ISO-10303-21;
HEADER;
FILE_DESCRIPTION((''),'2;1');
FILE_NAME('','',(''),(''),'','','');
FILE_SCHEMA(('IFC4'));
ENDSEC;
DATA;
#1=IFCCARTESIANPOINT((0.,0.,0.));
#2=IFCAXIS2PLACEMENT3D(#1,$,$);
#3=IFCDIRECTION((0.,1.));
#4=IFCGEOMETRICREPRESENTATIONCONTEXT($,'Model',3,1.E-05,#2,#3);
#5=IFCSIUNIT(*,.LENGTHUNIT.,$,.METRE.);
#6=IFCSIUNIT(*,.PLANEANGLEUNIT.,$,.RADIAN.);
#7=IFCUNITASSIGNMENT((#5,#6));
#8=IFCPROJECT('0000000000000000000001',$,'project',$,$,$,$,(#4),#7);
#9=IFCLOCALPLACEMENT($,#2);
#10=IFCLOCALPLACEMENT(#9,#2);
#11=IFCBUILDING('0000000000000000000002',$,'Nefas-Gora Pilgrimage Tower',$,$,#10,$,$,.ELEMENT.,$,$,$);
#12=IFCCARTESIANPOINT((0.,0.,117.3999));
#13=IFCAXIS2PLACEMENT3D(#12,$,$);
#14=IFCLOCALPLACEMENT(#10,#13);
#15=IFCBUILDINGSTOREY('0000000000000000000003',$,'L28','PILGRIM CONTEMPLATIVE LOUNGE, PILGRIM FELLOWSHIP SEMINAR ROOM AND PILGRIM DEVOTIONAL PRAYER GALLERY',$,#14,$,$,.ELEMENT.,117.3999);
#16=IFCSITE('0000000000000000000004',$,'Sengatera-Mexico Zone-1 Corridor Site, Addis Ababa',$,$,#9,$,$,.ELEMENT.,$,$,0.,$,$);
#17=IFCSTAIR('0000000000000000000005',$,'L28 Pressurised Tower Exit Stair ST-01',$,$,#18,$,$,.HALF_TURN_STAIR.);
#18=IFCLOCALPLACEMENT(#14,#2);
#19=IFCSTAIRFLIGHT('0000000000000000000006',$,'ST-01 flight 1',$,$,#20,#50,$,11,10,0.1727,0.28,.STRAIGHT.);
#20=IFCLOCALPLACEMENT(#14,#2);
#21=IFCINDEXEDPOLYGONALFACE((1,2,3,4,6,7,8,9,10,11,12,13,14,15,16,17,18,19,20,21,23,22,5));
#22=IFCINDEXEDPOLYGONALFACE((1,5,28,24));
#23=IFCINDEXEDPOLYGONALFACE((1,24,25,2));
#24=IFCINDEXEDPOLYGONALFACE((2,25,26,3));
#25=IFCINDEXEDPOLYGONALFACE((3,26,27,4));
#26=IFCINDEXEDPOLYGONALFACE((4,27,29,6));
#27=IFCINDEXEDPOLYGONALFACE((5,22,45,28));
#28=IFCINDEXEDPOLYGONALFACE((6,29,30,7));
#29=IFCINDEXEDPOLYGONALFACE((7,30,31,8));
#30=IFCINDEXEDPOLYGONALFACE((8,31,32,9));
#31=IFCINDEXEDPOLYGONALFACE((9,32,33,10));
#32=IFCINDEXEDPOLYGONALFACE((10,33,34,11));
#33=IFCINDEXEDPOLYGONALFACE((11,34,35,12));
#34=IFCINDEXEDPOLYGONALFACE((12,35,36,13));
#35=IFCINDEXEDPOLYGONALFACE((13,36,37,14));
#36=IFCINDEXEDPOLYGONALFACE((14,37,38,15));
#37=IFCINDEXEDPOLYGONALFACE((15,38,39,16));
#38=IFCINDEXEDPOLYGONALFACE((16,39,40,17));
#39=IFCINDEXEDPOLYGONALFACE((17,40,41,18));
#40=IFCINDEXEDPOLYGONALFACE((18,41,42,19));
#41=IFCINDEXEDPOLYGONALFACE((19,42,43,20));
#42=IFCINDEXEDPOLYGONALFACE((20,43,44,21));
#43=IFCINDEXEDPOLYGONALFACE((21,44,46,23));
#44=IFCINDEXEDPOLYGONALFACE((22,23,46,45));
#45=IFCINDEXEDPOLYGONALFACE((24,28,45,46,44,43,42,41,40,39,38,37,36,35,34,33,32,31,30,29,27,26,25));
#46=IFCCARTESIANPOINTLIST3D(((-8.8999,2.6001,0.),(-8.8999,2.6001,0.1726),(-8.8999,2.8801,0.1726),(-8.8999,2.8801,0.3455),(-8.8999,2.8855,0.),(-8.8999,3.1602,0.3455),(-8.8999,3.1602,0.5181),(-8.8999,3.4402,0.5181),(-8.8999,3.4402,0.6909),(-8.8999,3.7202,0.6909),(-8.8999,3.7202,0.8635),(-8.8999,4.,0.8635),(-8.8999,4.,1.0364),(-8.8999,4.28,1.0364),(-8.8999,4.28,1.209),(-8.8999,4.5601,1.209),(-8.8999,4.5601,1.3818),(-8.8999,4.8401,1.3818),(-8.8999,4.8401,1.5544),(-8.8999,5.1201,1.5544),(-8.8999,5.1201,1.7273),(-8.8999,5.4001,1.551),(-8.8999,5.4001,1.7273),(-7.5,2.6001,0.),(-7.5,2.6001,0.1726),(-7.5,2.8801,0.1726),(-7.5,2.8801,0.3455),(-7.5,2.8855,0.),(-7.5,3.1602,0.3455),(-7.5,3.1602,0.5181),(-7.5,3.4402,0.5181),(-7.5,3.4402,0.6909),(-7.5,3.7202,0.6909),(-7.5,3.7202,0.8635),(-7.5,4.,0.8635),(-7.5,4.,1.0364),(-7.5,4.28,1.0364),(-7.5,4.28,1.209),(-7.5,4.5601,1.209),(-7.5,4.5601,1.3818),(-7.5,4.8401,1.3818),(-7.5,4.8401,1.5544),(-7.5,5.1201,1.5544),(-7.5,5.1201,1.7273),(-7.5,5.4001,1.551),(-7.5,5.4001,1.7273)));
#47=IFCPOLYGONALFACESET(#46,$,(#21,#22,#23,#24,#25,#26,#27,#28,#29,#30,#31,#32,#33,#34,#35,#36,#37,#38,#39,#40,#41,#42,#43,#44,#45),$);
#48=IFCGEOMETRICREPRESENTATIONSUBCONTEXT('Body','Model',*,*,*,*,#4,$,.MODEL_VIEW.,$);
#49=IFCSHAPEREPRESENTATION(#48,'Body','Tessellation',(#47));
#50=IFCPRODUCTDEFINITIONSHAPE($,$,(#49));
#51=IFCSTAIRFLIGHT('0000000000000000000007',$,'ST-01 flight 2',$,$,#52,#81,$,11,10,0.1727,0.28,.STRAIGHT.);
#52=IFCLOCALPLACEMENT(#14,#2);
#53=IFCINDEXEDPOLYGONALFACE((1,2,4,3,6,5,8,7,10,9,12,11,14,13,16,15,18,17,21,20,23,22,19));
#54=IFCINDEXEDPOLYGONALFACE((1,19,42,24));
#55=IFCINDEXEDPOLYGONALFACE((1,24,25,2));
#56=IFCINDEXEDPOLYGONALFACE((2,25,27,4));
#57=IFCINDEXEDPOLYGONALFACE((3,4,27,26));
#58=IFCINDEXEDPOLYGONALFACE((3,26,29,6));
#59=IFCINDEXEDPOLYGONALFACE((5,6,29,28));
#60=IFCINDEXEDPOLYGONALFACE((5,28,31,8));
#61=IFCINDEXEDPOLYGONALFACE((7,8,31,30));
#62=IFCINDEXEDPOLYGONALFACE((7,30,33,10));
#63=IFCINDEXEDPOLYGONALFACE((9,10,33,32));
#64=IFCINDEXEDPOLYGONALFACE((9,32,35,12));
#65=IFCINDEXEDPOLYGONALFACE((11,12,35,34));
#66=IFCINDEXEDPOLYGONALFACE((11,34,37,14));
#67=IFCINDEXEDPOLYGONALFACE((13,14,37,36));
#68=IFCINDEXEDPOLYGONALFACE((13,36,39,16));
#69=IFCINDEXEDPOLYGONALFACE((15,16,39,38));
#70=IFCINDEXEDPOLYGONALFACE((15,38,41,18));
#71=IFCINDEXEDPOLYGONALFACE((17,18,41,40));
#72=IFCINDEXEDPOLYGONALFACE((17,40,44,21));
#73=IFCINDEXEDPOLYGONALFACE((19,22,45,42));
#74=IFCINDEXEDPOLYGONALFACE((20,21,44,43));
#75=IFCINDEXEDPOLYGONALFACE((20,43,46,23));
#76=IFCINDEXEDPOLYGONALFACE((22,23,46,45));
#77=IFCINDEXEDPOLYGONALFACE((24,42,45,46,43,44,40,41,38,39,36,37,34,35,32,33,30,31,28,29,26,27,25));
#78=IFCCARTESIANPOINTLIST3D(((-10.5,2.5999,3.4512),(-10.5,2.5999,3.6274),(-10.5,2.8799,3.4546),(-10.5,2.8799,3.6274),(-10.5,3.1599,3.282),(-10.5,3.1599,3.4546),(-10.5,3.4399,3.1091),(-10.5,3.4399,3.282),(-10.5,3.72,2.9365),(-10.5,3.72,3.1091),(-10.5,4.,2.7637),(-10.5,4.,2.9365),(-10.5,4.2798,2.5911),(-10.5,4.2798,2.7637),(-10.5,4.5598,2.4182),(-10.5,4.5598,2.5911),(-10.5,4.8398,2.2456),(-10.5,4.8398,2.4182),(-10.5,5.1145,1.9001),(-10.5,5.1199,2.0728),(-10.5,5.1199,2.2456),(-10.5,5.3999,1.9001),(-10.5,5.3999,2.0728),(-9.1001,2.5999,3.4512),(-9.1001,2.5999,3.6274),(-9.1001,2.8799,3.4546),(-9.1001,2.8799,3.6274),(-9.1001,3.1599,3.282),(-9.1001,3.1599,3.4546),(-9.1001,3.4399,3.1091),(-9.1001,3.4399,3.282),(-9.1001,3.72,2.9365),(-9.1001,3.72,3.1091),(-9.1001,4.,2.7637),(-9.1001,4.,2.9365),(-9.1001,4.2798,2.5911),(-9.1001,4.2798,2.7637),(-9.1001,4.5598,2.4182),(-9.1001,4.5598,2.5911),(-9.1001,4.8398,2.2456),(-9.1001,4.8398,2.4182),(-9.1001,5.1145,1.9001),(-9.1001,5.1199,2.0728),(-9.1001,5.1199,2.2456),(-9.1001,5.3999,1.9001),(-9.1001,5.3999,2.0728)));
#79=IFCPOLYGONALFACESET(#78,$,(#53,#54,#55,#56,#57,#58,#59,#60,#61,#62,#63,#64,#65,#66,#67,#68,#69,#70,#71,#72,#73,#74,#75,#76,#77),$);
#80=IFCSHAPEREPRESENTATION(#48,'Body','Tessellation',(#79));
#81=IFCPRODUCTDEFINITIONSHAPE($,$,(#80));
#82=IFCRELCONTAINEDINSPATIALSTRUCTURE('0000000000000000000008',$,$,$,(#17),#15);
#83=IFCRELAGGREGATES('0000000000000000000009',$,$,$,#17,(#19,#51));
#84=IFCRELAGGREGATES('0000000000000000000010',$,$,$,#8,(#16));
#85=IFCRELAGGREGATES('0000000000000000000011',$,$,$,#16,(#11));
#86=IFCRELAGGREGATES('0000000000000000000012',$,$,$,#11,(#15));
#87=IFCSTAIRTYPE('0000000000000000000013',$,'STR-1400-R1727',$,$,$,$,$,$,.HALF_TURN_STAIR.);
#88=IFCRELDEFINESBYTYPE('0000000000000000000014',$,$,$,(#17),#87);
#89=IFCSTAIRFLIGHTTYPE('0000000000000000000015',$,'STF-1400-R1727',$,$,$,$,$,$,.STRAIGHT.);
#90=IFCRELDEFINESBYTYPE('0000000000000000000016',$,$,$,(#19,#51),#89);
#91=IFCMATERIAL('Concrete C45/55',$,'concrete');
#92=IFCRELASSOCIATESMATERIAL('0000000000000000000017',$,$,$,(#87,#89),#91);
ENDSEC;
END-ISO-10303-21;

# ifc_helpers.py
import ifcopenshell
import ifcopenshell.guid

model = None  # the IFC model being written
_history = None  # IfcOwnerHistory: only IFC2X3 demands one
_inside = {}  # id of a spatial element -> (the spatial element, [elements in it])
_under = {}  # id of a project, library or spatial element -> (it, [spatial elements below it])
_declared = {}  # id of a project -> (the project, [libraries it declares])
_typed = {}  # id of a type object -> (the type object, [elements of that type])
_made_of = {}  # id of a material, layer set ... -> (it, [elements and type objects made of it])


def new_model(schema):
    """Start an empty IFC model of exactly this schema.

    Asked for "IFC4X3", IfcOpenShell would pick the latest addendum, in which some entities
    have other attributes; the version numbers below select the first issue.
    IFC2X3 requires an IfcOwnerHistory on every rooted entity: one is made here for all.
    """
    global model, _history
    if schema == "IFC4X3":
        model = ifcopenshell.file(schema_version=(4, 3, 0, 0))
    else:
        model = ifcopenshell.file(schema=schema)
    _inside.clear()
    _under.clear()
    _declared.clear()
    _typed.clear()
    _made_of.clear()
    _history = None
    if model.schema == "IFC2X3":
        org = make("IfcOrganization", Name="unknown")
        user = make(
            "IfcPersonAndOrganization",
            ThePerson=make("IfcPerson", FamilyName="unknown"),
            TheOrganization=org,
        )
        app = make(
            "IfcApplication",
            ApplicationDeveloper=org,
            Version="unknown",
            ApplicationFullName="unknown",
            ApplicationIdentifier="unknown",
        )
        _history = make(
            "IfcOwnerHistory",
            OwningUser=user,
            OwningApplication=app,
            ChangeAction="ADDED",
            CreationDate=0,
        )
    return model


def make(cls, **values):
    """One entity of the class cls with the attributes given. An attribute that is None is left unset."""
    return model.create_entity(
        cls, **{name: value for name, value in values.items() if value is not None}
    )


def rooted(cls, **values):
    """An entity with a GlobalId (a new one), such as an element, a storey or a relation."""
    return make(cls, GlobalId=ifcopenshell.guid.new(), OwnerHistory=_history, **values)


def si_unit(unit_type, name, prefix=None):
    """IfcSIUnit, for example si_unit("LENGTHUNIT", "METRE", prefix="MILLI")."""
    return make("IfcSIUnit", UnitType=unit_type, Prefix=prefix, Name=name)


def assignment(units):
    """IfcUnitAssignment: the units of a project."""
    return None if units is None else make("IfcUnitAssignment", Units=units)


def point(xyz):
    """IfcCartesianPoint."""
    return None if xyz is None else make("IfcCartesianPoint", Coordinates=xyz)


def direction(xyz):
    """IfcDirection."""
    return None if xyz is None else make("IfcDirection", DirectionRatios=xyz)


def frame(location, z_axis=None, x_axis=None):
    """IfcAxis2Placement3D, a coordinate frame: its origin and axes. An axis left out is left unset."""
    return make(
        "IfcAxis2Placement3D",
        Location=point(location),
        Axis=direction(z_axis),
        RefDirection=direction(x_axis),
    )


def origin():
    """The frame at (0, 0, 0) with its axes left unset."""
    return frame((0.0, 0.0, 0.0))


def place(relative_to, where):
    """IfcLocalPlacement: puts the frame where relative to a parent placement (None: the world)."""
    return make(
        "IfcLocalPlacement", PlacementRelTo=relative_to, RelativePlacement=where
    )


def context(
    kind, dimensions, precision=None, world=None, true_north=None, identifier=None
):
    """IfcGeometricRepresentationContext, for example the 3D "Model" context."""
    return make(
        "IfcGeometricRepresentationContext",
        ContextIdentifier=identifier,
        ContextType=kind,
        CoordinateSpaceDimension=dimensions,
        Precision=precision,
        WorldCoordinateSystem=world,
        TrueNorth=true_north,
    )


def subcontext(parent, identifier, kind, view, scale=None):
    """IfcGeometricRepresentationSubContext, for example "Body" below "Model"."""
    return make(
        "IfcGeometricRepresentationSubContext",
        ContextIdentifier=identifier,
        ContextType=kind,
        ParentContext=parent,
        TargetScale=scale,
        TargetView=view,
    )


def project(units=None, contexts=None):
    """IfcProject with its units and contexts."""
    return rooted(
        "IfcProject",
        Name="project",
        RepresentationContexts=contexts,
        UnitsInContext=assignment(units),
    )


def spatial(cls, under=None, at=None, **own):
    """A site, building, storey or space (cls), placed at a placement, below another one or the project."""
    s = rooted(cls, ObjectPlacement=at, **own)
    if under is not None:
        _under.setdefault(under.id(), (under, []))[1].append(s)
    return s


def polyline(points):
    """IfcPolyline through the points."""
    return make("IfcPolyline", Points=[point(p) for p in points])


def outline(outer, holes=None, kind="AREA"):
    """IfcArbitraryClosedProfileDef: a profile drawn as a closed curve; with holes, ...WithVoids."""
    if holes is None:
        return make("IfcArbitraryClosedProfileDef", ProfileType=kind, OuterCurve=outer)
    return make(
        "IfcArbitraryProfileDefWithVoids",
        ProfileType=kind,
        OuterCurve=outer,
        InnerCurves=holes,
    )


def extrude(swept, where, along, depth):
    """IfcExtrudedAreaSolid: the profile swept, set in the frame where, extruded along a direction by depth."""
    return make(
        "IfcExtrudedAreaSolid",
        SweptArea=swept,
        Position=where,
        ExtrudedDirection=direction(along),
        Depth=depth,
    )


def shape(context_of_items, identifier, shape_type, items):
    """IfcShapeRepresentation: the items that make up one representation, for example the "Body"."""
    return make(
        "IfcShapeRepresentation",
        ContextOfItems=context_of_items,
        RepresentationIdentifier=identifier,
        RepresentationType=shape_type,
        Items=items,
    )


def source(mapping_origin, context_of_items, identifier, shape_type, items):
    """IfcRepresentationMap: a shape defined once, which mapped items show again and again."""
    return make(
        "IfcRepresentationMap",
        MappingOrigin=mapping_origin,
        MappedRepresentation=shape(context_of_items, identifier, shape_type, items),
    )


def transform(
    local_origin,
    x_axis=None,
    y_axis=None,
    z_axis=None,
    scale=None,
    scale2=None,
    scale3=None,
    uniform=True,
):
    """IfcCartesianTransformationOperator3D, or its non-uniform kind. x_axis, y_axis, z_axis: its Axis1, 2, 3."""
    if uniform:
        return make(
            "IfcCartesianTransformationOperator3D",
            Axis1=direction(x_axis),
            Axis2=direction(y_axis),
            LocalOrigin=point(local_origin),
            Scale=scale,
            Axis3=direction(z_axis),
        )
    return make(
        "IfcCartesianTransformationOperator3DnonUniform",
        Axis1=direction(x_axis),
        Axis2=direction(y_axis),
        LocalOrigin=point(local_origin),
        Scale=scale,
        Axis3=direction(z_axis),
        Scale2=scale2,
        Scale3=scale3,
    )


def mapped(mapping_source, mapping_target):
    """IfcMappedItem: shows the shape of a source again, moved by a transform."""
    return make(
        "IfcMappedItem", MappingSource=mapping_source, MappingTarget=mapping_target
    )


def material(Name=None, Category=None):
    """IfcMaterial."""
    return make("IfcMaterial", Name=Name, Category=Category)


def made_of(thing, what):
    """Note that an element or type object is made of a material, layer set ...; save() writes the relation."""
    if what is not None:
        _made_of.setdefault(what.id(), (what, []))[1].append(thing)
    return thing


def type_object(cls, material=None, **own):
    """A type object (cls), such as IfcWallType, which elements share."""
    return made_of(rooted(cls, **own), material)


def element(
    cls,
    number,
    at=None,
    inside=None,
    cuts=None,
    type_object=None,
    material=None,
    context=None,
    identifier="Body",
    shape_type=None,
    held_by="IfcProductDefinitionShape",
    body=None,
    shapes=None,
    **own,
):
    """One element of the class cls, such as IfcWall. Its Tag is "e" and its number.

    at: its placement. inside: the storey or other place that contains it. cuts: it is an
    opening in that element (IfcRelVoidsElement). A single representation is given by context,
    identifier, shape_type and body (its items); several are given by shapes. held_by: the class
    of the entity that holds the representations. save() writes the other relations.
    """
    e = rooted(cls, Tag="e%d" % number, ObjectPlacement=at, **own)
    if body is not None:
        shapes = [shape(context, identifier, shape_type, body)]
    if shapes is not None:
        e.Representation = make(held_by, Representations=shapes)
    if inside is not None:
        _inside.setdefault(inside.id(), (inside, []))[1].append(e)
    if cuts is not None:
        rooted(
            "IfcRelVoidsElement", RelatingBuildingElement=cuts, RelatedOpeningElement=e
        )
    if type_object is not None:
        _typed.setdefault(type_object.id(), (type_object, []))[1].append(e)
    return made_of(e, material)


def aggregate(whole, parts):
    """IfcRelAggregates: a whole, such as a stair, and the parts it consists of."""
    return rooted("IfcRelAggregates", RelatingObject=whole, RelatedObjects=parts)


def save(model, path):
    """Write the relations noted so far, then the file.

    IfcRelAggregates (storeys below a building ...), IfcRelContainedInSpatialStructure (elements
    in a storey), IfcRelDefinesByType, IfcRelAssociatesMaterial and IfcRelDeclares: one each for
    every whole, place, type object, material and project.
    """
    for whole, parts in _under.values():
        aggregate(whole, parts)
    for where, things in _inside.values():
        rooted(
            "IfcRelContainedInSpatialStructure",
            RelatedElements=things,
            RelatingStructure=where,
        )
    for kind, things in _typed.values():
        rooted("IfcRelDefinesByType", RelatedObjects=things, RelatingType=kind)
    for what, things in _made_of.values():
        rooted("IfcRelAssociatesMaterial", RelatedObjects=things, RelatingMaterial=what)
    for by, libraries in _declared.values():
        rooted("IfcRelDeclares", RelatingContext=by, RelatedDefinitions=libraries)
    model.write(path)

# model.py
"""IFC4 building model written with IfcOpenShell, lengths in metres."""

from ifc_helpers import new_model, si_unit, direction, frame, origin, place, context, subcontext, project, spatial, polyline, outline, extrude, source, transform, mapped, material, type_object, element, aggregate, save


model = new_model("IFC4")

# Units and contexts
model_context = context("Model", 3, precision=1e-05, world=origin(), true_north=direction((0.0, 1.0)))
body_context = subcontext(model_context, "Body", "Model", "MODEL_VIEW")
ifc_project = project(units=[si_unit("LENGTHUNIT", "METRE"), si_unit("PLANEANGLEUNIT", "RADIAN")], contexts=[model_context])

# Site, building, storey
site_placement = place(None, origin())
site = spatial("IfcSite", under=ifc_project, at=site_placement, Name="Sengatera-Mexico Zone-1 Corridor Site, Addis Ababa", CompositionType="ELEMENT", RefElevation=0.0)
building_placement = place(site_placement, origin())
building = spatial("IfcBuilding", under=site, at=building_placement, Name="Nefas-Gora Pilgrimage Tower", CompositionType="ELEMENT")
storey_placement = place(building_placement, frame((0.0, 0.0, 117.3999)))
storey = spatial("IfcBuildingStorey", under=building, at=storey_placement, Name="L28", Description="PILGRIM CONTEMPLATIVE LOUNGE, PILGRIM FELLOWSHIP SEMINAR ROOM AND PILGRIM DEVOTIONAL PRAYER GALLERY", CompositionType="ELEMENT", Elevation=117.3999)

# Shared definitions
ifc_material_1 = material(Name="Concrete C45/55", Category="concrete")

# Stair, stair flights
stair_type = type_object("IfcStairType", Name="STR-1400-R1727", PredefinedType="HALF_TURN_STAIR", material=ifc_material_1)
stair_placement = place(storey_placement, origin())
stair = element("IfcStair", 1, at=stair_placement, inside=storey, type_object=stair_type, Name="L28 Pressurised Tower Exit Stair ST-01", PredefinedType="HALF_TURN_STAIR")
stair_flight_type = type_object("IfcStairFlightType", Name="STF-1400-R1727", PredefinedType="STRAIGHT", material=ifc_material_1)
shared_shape_1 = source(origin(), body_context, "Body", "SweptSolid", [
    extrude(outline(polyline([(0.0, 0.0), (0.0, 0.1726), (0.28, 0.1726), (0.28, 0.3455), (0.5601, 0.3455), (0.5601, 0.5181), (0.8401, 0.5181), (0.8401, 0.6909), (1.1201, 0.6909), (1.1201, 0.8635), (1.3999, 0.8635), (1.3999, 1.0364), (1.6799, 1.0364), (1.6799, 1.209), (1.96, 1.209), (1.96, 1.3818), (2.24, 1.3818), (2.24, 1.5544), (2.52, 1.5544), (2.52, 1.7273), (2.8, 1.7273), (2.8, 1.8999), (2.8, 1.551), (0.2854, 0.0), (0.0, 0.0)])), frame((0.0, 0.7, 0.0), z_axis=(0.0, -1.0, 0.0), x_axis=(1.0, 0.0, 0.0)), (0.0, 0.0, 1.0), 1.3999),
])
stair_flight_1_placement = place(storey_placement, frame((-8.2, 2.6001, 0.0), z_axis=(0.0, 0.0, 1.0), x_axis=(0.0, 1.0, 0.0)))
stair_flight_1 = element("IfcStairFlight", 2, at=stair_flight_1_placement, type_object=stair_flight_type, Name="ST-01 flight 1", NumberOfRisers=11, NumberOfTreads=10, PredefinedType="STRAIGHT", RiserHeight=0.1727, TreadLength=0.28, context=body_context, shape_type="MappedRepresentation", body=[
    mapped(shared_shape_1, transform((0.0, 0.0, 0.0), x_axis=(1.0, 0.0, 0.0), y_axis=(0.0, 1.0, 0.0), z_axis=(0.0, 0.0, 1.0), scale=1.0)),
])
stair_flight_2_placement = place(storey_placement, frame((-9.8, 5.3999, 1.9001), z_axis=(0.0, 0.0, 1.0), x_axis=(0.0, -1.0, 0.0)))
stair_flight_2 = element("IfcStairFlight", 3, at=stair_flight_2_placement, type_object=stair_flight_type, Name="ST-01 flight 2", NumberOfRisers=11, NumberOfTreads=10, PredefinedType="STRAIGHT", RiserHeight=0.1727, TreadLength=0.28, context=body_context, shape_type="MappedRepresentation", body=[
    mapped(shared_shape_1, transform((0.0, 0.0, 0.0), x_axis=(1.0, 0.0, 0.0), y_axis=(0.0, 1.0, 0.0), z_axis=(0.0, 0.0, 1.0), scale=1.0)),
])
aggregate(stair, [stair_flight_1, stair_flight_2])

save(model, "model.ifc")
